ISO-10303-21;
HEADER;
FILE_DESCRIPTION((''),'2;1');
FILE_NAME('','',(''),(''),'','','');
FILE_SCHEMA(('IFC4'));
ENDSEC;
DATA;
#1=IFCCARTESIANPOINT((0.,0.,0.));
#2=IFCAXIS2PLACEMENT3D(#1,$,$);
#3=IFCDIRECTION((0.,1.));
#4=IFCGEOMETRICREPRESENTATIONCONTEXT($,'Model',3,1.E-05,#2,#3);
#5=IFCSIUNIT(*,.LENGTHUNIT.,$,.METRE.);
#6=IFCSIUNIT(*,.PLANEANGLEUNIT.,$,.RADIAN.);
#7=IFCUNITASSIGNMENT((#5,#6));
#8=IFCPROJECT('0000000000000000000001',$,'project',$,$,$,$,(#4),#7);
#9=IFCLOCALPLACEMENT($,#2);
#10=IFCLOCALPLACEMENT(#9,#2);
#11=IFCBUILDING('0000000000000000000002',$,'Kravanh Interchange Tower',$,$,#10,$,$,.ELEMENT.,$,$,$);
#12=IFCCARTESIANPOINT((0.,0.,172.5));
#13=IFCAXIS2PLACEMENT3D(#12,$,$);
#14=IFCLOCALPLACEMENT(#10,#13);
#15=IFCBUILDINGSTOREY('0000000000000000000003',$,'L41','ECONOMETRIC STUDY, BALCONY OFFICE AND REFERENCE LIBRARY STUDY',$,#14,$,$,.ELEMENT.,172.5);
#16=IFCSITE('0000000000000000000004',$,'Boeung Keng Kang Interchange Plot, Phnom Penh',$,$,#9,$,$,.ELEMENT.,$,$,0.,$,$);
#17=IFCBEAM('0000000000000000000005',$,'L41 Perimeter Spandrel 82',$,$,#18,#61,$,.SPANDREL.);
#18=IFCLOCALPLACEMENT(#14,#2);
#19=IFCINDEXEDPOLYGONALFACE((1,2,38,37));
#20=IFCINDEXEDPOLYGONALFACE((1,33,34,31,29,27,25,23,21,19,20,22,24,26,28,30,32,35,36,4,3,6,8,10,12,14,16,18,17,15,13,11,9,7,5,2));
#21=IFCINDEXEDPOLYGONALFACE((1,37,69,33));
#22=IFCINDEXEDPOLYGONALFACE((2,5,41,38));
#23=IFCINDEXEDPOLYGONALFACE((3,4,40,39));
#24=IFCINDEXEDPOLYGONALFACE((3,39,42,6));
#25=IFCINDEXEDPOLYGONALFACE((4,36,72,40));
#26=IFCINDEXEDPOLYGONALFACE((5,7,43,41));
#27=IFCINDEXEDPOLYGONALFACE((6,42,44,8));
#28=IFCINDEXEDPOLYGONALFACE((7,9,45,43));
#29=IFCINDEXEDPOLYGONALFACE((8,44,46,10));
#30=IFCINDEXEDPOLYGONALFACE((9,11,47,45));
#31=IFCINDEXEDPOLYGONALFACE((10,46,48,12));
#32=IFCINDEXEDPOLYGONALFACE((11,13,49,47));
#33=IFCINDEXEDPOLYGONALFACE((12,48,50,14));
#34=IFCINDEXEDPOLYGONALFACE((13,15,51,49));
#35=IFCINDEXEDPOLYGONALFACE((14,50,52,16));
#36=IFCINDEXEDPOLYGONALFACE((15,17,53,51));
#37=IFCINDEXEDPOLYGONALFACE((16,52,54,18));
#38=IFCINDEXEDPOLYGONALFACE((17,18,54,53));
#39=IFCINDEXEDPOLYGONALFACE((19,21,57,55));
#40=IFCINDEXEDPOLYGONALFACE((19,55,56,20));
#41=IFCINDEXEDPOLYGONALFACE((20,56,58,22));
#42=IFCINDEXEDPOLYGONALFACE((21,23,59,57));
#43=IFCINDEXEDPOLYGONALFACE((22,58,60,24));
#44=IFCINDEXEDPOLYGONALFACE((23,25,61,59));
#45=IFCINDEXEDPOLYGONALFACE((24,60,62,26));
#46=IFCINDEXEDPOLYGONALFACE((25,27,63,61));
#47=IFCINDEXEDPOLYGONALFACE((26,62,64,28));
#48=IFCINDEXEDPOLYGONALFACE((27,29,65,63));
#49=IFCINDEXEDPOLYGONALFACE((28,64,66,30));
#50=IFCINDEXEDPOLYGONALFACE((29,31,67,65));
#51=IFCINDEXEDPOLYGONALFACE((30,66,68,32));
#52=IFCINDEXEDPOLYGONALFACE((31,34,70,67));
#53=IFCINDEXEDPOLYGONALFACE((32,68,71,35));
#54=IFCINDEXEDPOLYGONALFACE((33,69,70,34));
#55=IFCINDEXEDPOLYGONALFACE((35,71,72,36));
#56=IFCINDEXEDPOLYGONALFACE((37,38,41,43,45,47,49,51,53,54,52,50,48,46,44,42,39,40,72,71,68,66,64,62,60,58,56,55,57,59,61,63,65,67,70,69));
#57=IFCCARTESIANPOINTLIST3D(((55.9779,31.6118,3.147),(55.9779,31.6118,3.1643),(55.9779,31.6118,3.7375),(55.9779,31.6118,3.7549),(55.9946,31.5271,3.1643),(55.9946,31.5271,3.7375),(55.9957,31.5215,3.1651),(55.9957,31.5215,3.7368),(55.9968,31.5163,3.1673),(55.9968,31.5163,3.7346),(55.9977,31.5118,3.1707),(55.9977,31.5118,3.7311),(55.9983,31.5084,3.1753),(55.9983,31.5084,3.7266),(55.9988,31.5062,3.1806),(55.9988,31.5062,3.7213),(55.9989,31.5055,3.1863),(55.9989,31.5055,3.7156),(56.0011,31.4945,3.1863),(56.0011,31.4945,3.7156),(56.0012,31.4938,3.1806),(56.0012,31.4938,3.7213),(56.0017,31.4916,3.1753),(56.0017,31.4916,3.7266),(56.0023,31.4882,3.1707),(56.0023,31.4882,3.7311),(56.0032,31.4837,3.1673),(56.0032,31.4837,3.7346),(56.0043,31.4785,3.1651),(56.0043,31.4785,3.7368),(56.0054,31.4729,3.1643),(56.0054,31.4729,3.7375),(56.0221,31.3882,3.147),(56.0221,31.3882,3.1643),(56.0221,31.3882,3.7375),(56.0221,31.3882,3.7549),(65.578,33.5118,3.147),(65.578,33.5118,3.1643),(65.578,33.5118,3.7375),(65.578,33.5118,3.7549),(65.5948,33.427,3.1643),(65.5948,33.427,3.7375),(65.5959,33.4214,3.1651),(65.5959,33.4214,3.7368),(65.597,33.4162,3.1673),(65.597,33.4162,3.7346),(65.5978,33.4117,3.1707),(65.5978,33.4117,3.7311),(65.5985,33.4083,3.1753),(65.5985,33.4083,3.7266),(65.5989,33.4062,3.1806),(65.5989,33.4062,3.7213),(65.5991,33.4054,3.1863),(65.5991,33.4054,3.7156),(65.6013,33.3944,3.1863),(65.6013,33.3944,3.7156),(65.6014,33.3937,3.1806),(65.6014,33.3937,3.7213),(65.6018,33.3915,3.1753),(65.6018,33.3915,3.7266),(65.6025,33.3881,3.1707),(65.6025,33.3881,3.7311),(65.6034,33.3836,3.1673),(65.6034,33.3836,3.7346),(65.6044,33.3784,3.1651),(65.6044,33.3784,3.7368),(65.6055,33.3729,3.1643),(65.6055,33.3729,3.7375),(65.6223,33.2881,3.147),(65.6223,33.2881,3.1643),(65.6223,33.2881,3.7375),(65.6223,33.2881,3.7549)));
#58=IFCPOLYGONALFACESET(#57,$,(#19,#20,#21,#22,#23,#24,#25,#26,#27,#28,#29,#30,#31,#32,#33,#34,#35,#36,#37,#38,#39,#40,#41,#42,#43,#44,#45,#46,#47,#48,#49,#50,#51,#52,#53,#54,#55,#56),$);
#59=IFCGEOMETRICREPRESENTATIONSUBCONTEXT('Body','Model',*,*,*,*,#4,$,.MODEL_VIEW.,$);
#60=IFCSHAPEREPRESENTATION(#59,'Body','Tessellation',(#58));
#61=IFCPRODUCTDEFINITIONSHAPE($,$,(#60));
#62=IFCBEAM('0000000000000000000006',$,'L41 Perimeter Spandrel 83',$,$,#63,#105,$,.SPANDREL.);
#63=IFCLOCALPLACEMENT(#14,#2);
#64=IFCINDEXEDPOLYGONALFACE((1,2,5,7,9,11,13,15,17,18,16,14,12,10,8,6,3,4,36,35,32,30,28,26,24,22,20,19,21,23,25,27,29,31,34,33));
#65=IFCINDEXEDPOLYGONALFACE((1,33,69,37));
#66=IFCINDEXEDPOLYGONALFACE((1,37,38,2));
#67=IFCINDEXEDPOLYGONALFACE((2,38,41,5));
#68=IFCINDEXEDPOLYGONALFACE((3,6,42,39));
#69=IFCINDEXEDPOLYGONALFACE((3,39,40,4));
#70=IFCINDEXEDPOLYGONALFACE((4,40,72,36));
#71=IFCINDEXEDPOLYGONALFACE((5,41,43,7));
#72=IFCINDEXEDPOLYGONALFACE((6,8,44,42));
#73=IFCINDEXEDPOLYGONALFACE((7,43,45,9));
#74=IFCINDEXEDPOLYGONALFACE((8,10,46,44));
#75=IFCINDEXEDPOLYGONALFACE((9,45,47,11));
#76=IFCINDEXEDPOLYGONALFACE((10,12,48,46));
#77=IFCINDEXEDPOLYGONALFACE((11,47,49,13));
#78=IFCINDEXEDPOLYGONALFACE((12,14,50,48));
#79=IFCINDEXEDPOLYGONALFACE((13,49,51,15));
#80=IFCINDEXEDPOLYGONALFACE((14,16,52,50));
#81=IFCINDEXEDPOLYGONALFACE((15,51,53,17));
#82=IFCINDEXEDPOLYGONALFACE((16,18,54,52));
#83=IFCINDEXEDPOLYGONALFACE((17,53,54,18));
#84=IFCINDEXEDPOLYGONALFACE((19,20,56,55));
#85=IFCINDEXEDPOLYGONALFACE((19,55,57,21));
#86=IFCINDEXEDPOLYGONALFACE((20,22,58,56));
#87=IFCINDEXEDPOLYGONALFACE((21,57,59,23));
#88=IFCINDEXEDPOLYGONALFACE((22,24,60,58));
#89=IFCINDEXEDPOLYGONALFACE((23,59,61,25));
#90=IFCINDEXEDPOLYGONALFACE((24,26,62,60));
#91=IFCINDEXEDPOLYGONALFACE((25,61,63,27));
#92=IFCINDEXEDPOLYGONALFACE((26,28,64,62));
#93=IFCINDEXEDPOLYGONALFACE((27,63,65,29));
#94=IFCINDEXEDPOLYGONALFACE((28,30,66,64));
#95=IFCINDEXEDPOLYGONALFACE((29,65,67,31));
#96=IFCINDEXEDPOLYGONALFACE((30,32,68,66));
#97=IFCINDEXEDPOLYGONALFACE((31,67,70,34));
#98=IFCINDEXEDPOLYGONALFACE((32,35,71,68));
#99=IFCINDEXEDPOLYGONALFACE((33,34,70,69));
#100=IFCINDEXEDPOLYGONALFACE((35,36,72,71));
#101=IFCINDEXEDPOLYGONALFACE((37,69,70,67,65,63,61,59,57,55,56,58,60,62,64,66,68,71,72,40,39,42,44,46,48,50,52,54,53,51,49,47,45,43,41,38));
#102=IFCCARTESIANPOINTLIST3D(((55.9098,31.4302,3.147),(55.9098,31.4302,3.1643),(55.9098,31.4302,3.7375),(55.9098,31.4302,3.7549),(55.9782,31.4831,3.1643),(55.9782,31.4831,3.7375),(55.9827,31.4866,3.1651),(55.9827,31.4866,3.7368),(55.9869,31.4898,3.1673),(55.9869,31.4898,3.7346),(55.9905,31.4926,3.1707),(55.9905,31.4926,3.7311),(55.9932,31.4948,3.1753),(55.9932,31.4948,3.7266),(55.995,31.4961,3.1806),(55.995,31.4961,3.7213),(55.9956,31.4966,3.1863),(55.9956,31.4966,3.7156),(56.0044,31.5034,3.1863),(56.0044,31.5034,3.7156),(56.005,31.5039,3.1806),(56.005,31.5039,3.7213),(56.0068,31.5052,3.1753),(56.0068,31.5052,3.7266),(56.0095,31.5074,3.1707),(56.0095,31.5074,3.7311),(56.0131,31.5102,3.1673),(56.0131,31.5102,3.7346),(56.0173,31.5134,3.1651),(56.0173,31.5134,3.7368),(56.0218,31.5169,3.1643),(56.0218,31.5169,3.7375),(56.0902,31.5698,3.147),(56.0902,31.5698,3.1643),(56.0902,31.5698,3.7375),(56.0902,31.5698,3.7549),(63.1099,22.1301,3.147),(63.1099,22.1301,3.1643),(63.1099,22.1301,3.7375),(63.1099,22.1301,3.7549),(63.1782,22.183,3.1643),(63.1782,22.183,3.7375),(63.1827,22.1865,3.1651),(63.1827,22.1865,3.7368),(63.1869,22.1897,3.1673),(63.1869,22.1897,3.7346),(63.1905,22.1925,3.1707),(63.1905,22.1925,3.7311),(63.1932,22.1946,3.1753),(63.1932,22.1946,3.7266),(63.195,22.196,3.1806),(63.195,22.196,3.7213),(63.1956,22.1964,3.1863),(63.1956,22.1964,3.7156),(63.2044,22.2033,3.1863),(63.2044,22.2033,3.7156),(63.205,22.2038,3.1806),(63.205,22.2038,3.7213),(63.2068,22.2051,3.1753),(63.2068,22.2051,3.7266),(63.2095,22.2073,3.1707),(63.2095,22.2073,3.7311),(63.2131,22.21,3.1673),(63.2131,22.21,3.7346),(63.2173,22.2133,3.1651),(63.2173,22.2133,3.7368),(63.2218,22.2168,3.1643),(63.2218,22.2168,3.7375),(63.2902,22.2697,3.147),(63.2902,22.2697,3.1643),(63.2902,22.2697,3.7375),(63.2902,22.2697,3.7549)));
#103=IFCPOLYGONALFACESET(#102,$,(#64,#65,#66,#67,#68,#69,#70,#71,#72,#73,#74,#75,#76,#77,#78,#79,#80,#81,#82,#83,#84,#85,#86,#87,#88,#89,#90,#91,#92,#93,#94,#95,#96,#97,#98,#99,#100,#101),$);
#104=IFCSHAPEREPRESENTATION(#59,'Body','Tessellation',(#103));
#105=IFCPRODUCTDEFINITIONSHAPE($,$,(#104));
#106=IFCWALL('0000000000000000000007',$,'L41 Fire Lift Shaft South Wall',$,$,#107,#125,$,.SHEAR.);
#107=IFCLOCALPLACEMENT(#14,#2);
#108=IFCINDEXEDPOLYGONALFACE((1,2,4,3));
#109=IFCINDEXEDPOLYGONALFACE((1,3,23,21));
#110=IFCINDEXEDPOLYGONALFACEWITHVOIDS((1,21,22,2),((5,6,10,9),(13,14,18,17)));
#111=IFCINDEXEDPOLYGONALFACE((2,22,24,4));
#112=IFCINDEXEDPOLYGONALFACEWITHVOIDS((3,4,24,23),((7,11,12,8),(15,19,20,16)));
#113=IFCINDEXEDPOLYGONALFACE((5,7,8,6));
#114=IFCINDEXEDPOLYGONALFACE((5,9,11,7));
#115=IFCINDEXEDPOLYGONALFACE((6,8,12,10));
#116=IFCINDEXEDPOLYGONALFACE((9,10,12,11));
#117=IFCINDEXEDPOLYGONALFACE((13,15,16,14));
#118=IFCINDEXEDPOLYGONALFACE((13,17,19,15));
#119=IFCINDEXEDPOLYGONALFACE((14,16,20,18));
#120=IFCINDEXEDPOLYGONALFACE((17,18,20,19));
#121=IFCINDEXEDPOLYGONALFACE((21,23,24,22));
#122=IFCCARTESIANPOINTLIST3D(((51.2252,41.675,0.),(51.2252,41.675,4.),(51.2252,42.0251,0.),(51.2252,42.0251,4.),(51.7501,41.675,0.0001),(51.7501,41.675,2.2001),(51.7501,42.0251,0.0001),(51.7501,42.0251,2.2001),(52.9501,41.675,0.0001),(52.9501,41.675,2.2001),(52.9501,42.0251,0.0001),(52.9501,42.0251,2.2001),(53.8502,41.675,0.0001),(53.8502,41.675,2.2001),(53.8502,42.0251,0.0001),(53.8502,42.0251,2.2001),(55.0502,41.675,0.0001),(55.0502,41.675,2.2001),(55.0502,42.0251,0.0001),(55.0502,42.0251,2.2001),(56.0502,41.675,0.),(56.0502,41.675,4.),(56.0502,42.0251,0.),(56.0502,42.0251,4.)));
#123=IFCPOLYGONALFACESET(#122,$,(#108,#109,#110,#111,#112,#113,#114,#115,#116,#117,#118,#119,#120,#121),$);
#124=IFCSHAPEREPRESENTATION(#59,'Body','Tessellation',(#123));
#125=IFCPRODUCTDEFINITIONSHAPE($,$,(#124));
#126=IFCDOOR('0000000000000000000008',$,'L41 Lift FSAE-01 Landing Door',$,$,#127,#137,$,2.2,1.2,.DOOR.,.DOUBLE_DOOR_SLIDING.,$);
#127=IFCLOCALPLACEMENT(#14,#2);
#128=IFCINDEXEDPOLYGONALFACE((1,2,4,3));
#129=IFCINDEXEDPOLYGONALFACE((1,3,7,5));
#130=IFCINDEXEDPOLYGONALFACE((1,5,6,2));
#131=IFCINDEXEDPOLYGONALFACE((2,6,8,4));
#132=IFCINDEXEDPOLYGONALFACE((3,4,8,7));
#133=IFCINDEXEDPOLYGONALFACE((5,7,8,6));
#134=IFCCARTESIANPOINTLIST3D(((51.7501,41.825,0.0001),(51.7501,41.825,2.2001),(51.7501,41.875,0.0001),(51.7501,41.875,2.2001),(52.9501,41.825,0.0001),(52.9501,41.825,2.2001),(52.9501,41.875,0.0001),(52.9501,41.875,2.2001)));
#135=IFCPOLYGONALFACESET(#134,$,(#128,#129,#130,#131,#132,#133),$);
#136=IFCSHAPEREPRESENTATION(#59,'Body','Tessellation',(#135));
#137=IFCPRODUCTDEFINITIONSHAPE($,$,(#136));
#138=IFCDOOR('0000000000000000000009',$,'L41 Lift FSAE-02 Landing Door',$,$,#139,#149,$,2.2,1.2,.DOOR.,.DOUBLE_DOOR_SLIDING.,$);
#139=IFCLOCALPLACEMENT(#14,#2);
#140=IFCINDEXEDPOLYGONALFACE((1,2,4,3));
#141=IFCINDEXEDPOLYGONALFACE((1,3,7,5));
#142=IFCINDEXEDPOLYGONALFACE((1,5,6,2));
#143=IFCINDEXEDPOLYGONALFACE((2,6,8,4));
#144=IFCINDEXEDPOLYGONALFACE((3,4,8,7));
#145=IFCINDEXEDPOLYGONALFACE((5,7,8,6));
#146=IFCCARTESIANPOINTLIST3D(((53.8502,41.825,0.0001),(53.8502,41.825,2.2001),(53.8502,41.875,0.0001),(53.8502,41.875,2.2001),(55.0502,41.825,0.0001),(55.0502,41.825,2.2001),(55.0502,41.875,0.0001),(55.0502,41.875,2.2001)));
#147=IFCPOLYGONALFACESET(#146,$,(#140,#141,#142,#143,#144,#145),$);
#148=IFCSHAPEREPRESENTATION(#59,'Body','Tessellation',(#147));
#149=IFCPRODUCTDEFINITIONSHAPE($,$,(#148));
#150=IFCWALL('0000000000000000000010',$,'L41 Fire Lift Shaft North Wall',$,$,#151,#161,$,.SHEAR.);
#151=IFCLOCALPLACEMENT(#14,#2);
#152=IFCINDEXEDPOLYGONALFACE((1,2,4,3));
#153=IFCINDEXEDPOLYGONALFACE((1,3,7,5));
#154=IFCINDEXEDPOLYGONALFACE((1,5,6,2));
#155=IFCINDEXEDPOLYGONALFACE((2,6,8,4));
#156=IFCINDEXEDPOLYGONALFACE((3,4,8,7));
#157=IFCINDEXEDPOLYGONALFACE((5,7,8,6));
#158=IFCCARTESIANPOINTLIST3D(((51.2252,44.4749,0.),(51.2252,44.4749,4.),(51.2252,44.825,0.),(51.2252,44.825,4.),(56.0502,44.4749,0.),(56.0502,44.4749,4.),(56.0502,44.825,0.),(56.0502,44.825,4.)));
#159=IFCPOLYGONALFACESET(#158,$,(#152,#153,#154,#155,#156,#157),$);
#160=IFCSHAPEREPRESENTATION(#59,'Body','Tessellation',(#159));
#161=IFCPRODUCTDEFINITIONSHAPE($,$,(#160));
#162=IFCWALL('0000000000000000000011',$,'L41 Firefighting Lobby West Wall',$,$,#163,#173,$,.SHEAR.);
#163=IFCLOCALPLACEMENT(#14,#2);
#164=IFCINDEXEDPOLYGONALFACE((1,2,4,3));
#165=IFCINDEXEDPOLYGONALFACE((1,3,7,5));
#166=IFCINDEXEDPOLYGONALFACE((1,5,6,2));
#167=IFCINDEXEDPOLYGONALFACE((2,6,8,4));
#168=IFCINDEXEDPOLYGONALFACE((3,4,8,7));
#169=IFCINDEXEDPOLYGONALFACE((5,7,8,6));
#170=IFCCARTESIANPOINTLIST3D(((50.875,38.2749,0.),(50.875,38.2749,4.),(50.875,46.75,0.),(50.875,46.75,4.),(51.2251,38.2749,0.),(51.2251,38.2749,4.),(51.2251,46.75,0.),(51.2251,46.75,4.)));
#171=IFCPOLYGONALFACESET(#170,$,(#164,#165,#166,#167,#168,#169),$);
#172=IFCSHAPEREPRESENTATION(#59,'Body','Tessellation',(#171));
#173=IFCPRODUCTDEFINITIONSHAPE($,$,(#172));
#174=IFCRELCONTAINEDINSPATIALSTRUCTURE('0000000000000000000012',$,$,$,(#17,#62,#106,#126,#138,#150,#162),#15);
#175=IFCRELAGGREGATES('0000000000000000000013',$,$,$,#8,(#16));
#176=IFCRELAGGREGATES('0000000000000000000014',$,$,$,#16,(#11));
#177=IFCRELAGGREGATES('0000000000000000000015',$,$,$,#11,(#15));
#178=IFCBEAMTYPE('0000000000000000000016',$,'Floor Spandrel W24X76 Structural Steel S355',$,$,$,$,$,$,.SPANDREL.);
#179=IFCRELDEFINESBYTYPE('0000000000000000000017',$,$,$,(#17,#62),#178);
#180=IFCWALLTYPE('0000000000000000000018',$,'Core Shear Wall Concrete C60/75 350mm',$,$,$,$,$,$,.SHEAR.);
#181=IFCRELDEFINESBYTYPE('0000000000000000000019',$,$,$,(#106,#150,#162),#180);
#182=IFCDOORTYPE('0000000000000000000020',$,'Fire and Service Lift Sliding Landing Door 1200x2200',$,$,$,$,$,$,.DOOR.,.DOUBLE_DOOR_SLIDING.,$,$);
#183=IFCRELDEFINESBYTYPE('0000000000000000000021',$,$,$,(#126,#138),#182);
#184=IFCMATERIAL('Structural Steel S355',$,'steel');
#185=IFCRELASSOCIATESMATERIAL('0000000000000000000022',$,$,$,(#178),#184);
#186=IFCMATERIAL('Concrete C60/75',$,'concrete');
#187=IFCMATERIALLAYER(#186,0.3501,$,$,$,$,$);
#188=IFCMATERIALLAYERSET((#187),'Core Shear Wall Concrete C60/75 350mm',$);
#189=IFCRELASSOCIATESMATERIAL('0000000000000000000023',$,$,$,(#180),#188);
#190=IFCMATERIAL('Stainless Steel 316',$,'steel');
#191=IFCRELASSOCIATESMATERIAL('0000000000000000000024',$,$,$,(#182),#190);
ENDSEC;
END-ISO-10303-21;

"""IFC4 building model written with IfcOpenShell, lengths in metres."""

from ifc_helpers import new_model, si_unit, direction, frame, frame_2d, origin, origin_2d, place, context, subcontext, project, spatial, rectangle, i_section, extrude, material, layer, layer_set, material_profile, profile_set, type_object, element, fill, save


model = new_model("IFC4")

# Units and contexts
model_context = context("Model", 3, precision=1e-05, world=origin(), true_north=direction((0.0, 1.0)))
body_context = subcontext(model_context, "Body", "Model", "MODEL_VIEW")
ifc_project = project(units=[si_unit("LENGTHUNIT", "METRE"), si_unit("PLANEANGLEUNIT", "RADIAN")], contexts=[model_context])

# Site, building, storey
site_placement = place(None, origin())
site = spatial("IfcSite", under=ifc_project, at=site_placement, Name="Boeung Keng Kang Interchange Plot, Phnom Penh", CompositionType="ELEMENT", RefElevation=0.0)
building_placement = place(site_placement, origin())
building = spatial("IfcBuilding", under=site, at=building_placement, Name="Kravanh Interchange Tower", CompositionType="ELEMENT")
storey_placement = place(building_placement, frame((0.0, 0.0, 172.5)))
storey = spatial("IfcBuildingStorey", under=building, at=storey_placement, Name="L41", Description="ECONOMETRIC STUDY, BALCONY OFFICE AND REFERENCE LIBRARY STUDY", CompositionType="ELEMENT", Elevation=172.5)

# Beams
ifc_material_1 = material(Name="Structural Steel S355", Category="steel")
ifc_material_profile_1 = material_profile(ifc_material_1, i_section(OverallWidth=0.228, OverallDepth=0.6079, WebThickness=0.0112, FlangeThickness=0.0173, FilletRadius=0.022, at=origin_2d()), Name="W24X76")
ifc_profile_set_1 = profile_set([ifc_material_profile_1], Name="Structural Steel S355")
beam_type_1 = type_object("IfcBeamType", Name="Floor Spandrel W24X76 Structural Steel S355", PredefinedType="SPANDREL", material=ifc_profile_set_1)
beam_1_placement = place(storey_placement, frame((56.0, 31.5, 3.4509), z_axis=(0.980974, 0.194139, 0.0), x_axis=(-0.194139, 0.980974, 0.0)))
element("IfcBeam", 1, at=beam_1_placement, inside=storey, type_object=beam_type_1, Name="L41 Perimeter Spandrel 82", PredefinedType="SPANDREL", context=body_context, shape_type="SweptSolid", body=[
    extrude(i_section(OverallWidth=0.228, OverallDepth=0.6079, WebThickness=0.0112, FlangeThickness=0.0173, FilletRadius=0.022, at=origin_2d()), origin(), (0.0, 0.0, 1.0), 9.7864),
])
beam_2_placement = place(storey_placement, frame((56.0, 31.5, 3.4509), z_axis=(0.612169, -0.790727, 0.0), x_axis=(0.790727, 0.612169, 0.0)))
element("IfcBeam", 2, at=beam_2_placement, inside=storey, type_object=beam_type_1, Name="L41 Perimeter Spandrel 83", PredefinedType="SPANDREL", context=body_context, shape_type="SweptSolid", body=[
    extrude(i_section(OverallWidth=0.228, OverallDepth=0.6079, WebThickness=0.0112, FlangeThickness=0.0173, FilletRadius=0.022, at=origin_2d()), origin(), (0.0, 0.0, 1.0), 11.7615),
])

# Wall, openings, doors
ifc_material_2 = material(Name="Concrete C60/75", Category="concrete")
ifc_layer_1 = layer(ifc_material_2, 0.3501)
ifc_layer_set_1 = layer_set([ifc_layer_1], Name="Core Shear Wall Concrete C60/75 350mm")
wall_type_1 = type_object("IfcWallType", Name="Core Shear Wall Concrete C60/75 350mm", PredefinedType="SHEAR", material=ifc_layer_set_1)
wall_1_placement = place(storey_placement, frame((51.2251, 41.8501, 0.0), z_axis=(0.0, 0.0, 1.0), x_axis=(1.0, 0.0, 0.0)))
wall_1 = element("IfcWall", 3, at=wall_1_placement, inside=storey, type_object=wall_type_1, Name="L41 Fire Lift Shaft South Wall", PredefinedType="SHEAR", context=body_context, shape_type="SweptSolid", body=[
    extrude(rectangle(XDim=4.825, YDim=0.3501, at=frame_2d((2.4126, 0.0))), origin(), (0.0, 0.0, 1.0), 4.0),
])
opening_1_placement = place(wall_1_placement, frame((0.5249, 0.0, 0.0)))
opening_1 = element("IfcOpeningElement", 4, at=opening_1_placement, cuts=wall_1, PredefinedType="OPENING", context=body_context, shape_type="SweptSolid", body=[
    extrude(rectangle(XDim=1.2, YDim=2.2, at=frame_2d((0.6001, 1.1001))), frame((0.0, 0.1851, 0.0), z_axis=(0.0, -1.0, 0.0), x_axis=(1.0, 0.0, 0.0)), (0.0, 0.0, 1.0), 0.3701),
])
opening_2_placement = place(wall_1_placement, frame((2.625, 0.0, 0.0)))
opening_2 = element("IfcOpeningElement", 5, at=opening_2_placement, cuts=wall_1, PredefinedType="OPENING", context=body_context, shape_type="SweptSolid", body=[
    extrude(rectangle(XDim=1.2, YDim=2.2, at=frame_2d((0.6001, 1.1001))), frame((0.0, 0.1851, 0.0), z_axis=(0.0, -1.0, 0.0), x_axis=(1.0, 0.0, 0.0)), (0.0, 0.0, 1.0), 0.3701),
])
ifc_material_3 = material(Name="Stainless Steel 316", Category="steel")
door_type_1 = type_object("IfcDoorType", Name="Fire and Service Lift Sliding Landing Door 1200x2200", OperationType="DOUBLE_DOOR_SLIDING", PredefinedType="DOOR", material=ifc_material_3)
door_1_placement = place(opening_1_placement, origin())
door_1 = element("IfcDoor", 6, at=door_1_placement, inside=storey, type_object=door_type_1, Name="L41 Lift FSAE-01 Landing Door", OperationType="DOUBLE_DOOR_SLIDING", OverallHeight=2.2, OverallWidth=1.2, PredefinedType="DOOR", context=body_context, shape_type="SweptSolid", body=[
    extrude(rectangle(XDim=1.2, YDim=2.2, at=frame_2d((0.6001, 1.1001))), frame((0.0, 0.0249, 0.0), z_axis=(0.0, -1.0, 0.0), x_axis=(1.0, 0.0, 0.0)), (0.0, 0.0, 1.0), 0.05),
])
fill(opening_1, door_1)
door_2_placement = place(opening_2_placement, origin())
door_2 = element("IfcDoor", 7, at=door_2_placement, inside=storey, type_object=door_type_1, Name="L41 Lift FSAE-02 Landing Door", OperationType="DOUBLE_DOOR_SLIDING", OverallHeight=2.2, OverallWidth=1.2, PredefinedType="DOOR", context=body_context, shape_type="SweptSolid", body=[
    extrude(rectangle(XDim=1.2, YDim=2.2, at=frame_2d((0.6001, 1.1001))), frame((0.0, 0.0249, 0.0), z_axis=(0.0, -1.0, 0.0), x_axis=(1.0, 0.0, 0.0)), (0.0, 0.0, 1.0), 0.05),
])
fill(opening_2, door_2)

# Walls
wall_2_placement = place(storey_placement, frame((51.2251, 44.6499, 0.0), z_axis=(0.0, 0.0, 1.0), x_axis=(1.0, 0.0, 0.0)))
element("IfcWall", 8, at=wall_2_placement, inside=storey, type_object=wall_type_1, Name="L41 Fire Lift Shaft North Wall", PredefinedType="SHEAR", context=body_context, shape_type="SweptSolid", body=[
    extrude(rectangle(XDim=4.825, YDim=0.3501, at=frame_2d((2.4126, 0.0))), origin(), (0.0, 0.0, 1.0), 4.0),
])
wall_3_placement = place(storey_placement, frame((51.05, 38.2749, 0.0), z_axis=(0.0, 0.0, 1.0), x_axis=(0.0, 1.0, 0.0)))
element("IfcWall", 9, at=wall_3_placement, inside=storey, type_object=wall_type_1, Name="L41 Firefighting Lobby West Wall", PredefinedType="SHEAR", context=body_context, shape_type="SweptSolid", body=[
    extrude(rectangle(XDim=8.4751, YDim=0.3501, at=frame_2d((4.2375, 0.0))), origin(), (0.0, 0.0, 1.0), 4.0),
])

save(model, "model.ifc")
